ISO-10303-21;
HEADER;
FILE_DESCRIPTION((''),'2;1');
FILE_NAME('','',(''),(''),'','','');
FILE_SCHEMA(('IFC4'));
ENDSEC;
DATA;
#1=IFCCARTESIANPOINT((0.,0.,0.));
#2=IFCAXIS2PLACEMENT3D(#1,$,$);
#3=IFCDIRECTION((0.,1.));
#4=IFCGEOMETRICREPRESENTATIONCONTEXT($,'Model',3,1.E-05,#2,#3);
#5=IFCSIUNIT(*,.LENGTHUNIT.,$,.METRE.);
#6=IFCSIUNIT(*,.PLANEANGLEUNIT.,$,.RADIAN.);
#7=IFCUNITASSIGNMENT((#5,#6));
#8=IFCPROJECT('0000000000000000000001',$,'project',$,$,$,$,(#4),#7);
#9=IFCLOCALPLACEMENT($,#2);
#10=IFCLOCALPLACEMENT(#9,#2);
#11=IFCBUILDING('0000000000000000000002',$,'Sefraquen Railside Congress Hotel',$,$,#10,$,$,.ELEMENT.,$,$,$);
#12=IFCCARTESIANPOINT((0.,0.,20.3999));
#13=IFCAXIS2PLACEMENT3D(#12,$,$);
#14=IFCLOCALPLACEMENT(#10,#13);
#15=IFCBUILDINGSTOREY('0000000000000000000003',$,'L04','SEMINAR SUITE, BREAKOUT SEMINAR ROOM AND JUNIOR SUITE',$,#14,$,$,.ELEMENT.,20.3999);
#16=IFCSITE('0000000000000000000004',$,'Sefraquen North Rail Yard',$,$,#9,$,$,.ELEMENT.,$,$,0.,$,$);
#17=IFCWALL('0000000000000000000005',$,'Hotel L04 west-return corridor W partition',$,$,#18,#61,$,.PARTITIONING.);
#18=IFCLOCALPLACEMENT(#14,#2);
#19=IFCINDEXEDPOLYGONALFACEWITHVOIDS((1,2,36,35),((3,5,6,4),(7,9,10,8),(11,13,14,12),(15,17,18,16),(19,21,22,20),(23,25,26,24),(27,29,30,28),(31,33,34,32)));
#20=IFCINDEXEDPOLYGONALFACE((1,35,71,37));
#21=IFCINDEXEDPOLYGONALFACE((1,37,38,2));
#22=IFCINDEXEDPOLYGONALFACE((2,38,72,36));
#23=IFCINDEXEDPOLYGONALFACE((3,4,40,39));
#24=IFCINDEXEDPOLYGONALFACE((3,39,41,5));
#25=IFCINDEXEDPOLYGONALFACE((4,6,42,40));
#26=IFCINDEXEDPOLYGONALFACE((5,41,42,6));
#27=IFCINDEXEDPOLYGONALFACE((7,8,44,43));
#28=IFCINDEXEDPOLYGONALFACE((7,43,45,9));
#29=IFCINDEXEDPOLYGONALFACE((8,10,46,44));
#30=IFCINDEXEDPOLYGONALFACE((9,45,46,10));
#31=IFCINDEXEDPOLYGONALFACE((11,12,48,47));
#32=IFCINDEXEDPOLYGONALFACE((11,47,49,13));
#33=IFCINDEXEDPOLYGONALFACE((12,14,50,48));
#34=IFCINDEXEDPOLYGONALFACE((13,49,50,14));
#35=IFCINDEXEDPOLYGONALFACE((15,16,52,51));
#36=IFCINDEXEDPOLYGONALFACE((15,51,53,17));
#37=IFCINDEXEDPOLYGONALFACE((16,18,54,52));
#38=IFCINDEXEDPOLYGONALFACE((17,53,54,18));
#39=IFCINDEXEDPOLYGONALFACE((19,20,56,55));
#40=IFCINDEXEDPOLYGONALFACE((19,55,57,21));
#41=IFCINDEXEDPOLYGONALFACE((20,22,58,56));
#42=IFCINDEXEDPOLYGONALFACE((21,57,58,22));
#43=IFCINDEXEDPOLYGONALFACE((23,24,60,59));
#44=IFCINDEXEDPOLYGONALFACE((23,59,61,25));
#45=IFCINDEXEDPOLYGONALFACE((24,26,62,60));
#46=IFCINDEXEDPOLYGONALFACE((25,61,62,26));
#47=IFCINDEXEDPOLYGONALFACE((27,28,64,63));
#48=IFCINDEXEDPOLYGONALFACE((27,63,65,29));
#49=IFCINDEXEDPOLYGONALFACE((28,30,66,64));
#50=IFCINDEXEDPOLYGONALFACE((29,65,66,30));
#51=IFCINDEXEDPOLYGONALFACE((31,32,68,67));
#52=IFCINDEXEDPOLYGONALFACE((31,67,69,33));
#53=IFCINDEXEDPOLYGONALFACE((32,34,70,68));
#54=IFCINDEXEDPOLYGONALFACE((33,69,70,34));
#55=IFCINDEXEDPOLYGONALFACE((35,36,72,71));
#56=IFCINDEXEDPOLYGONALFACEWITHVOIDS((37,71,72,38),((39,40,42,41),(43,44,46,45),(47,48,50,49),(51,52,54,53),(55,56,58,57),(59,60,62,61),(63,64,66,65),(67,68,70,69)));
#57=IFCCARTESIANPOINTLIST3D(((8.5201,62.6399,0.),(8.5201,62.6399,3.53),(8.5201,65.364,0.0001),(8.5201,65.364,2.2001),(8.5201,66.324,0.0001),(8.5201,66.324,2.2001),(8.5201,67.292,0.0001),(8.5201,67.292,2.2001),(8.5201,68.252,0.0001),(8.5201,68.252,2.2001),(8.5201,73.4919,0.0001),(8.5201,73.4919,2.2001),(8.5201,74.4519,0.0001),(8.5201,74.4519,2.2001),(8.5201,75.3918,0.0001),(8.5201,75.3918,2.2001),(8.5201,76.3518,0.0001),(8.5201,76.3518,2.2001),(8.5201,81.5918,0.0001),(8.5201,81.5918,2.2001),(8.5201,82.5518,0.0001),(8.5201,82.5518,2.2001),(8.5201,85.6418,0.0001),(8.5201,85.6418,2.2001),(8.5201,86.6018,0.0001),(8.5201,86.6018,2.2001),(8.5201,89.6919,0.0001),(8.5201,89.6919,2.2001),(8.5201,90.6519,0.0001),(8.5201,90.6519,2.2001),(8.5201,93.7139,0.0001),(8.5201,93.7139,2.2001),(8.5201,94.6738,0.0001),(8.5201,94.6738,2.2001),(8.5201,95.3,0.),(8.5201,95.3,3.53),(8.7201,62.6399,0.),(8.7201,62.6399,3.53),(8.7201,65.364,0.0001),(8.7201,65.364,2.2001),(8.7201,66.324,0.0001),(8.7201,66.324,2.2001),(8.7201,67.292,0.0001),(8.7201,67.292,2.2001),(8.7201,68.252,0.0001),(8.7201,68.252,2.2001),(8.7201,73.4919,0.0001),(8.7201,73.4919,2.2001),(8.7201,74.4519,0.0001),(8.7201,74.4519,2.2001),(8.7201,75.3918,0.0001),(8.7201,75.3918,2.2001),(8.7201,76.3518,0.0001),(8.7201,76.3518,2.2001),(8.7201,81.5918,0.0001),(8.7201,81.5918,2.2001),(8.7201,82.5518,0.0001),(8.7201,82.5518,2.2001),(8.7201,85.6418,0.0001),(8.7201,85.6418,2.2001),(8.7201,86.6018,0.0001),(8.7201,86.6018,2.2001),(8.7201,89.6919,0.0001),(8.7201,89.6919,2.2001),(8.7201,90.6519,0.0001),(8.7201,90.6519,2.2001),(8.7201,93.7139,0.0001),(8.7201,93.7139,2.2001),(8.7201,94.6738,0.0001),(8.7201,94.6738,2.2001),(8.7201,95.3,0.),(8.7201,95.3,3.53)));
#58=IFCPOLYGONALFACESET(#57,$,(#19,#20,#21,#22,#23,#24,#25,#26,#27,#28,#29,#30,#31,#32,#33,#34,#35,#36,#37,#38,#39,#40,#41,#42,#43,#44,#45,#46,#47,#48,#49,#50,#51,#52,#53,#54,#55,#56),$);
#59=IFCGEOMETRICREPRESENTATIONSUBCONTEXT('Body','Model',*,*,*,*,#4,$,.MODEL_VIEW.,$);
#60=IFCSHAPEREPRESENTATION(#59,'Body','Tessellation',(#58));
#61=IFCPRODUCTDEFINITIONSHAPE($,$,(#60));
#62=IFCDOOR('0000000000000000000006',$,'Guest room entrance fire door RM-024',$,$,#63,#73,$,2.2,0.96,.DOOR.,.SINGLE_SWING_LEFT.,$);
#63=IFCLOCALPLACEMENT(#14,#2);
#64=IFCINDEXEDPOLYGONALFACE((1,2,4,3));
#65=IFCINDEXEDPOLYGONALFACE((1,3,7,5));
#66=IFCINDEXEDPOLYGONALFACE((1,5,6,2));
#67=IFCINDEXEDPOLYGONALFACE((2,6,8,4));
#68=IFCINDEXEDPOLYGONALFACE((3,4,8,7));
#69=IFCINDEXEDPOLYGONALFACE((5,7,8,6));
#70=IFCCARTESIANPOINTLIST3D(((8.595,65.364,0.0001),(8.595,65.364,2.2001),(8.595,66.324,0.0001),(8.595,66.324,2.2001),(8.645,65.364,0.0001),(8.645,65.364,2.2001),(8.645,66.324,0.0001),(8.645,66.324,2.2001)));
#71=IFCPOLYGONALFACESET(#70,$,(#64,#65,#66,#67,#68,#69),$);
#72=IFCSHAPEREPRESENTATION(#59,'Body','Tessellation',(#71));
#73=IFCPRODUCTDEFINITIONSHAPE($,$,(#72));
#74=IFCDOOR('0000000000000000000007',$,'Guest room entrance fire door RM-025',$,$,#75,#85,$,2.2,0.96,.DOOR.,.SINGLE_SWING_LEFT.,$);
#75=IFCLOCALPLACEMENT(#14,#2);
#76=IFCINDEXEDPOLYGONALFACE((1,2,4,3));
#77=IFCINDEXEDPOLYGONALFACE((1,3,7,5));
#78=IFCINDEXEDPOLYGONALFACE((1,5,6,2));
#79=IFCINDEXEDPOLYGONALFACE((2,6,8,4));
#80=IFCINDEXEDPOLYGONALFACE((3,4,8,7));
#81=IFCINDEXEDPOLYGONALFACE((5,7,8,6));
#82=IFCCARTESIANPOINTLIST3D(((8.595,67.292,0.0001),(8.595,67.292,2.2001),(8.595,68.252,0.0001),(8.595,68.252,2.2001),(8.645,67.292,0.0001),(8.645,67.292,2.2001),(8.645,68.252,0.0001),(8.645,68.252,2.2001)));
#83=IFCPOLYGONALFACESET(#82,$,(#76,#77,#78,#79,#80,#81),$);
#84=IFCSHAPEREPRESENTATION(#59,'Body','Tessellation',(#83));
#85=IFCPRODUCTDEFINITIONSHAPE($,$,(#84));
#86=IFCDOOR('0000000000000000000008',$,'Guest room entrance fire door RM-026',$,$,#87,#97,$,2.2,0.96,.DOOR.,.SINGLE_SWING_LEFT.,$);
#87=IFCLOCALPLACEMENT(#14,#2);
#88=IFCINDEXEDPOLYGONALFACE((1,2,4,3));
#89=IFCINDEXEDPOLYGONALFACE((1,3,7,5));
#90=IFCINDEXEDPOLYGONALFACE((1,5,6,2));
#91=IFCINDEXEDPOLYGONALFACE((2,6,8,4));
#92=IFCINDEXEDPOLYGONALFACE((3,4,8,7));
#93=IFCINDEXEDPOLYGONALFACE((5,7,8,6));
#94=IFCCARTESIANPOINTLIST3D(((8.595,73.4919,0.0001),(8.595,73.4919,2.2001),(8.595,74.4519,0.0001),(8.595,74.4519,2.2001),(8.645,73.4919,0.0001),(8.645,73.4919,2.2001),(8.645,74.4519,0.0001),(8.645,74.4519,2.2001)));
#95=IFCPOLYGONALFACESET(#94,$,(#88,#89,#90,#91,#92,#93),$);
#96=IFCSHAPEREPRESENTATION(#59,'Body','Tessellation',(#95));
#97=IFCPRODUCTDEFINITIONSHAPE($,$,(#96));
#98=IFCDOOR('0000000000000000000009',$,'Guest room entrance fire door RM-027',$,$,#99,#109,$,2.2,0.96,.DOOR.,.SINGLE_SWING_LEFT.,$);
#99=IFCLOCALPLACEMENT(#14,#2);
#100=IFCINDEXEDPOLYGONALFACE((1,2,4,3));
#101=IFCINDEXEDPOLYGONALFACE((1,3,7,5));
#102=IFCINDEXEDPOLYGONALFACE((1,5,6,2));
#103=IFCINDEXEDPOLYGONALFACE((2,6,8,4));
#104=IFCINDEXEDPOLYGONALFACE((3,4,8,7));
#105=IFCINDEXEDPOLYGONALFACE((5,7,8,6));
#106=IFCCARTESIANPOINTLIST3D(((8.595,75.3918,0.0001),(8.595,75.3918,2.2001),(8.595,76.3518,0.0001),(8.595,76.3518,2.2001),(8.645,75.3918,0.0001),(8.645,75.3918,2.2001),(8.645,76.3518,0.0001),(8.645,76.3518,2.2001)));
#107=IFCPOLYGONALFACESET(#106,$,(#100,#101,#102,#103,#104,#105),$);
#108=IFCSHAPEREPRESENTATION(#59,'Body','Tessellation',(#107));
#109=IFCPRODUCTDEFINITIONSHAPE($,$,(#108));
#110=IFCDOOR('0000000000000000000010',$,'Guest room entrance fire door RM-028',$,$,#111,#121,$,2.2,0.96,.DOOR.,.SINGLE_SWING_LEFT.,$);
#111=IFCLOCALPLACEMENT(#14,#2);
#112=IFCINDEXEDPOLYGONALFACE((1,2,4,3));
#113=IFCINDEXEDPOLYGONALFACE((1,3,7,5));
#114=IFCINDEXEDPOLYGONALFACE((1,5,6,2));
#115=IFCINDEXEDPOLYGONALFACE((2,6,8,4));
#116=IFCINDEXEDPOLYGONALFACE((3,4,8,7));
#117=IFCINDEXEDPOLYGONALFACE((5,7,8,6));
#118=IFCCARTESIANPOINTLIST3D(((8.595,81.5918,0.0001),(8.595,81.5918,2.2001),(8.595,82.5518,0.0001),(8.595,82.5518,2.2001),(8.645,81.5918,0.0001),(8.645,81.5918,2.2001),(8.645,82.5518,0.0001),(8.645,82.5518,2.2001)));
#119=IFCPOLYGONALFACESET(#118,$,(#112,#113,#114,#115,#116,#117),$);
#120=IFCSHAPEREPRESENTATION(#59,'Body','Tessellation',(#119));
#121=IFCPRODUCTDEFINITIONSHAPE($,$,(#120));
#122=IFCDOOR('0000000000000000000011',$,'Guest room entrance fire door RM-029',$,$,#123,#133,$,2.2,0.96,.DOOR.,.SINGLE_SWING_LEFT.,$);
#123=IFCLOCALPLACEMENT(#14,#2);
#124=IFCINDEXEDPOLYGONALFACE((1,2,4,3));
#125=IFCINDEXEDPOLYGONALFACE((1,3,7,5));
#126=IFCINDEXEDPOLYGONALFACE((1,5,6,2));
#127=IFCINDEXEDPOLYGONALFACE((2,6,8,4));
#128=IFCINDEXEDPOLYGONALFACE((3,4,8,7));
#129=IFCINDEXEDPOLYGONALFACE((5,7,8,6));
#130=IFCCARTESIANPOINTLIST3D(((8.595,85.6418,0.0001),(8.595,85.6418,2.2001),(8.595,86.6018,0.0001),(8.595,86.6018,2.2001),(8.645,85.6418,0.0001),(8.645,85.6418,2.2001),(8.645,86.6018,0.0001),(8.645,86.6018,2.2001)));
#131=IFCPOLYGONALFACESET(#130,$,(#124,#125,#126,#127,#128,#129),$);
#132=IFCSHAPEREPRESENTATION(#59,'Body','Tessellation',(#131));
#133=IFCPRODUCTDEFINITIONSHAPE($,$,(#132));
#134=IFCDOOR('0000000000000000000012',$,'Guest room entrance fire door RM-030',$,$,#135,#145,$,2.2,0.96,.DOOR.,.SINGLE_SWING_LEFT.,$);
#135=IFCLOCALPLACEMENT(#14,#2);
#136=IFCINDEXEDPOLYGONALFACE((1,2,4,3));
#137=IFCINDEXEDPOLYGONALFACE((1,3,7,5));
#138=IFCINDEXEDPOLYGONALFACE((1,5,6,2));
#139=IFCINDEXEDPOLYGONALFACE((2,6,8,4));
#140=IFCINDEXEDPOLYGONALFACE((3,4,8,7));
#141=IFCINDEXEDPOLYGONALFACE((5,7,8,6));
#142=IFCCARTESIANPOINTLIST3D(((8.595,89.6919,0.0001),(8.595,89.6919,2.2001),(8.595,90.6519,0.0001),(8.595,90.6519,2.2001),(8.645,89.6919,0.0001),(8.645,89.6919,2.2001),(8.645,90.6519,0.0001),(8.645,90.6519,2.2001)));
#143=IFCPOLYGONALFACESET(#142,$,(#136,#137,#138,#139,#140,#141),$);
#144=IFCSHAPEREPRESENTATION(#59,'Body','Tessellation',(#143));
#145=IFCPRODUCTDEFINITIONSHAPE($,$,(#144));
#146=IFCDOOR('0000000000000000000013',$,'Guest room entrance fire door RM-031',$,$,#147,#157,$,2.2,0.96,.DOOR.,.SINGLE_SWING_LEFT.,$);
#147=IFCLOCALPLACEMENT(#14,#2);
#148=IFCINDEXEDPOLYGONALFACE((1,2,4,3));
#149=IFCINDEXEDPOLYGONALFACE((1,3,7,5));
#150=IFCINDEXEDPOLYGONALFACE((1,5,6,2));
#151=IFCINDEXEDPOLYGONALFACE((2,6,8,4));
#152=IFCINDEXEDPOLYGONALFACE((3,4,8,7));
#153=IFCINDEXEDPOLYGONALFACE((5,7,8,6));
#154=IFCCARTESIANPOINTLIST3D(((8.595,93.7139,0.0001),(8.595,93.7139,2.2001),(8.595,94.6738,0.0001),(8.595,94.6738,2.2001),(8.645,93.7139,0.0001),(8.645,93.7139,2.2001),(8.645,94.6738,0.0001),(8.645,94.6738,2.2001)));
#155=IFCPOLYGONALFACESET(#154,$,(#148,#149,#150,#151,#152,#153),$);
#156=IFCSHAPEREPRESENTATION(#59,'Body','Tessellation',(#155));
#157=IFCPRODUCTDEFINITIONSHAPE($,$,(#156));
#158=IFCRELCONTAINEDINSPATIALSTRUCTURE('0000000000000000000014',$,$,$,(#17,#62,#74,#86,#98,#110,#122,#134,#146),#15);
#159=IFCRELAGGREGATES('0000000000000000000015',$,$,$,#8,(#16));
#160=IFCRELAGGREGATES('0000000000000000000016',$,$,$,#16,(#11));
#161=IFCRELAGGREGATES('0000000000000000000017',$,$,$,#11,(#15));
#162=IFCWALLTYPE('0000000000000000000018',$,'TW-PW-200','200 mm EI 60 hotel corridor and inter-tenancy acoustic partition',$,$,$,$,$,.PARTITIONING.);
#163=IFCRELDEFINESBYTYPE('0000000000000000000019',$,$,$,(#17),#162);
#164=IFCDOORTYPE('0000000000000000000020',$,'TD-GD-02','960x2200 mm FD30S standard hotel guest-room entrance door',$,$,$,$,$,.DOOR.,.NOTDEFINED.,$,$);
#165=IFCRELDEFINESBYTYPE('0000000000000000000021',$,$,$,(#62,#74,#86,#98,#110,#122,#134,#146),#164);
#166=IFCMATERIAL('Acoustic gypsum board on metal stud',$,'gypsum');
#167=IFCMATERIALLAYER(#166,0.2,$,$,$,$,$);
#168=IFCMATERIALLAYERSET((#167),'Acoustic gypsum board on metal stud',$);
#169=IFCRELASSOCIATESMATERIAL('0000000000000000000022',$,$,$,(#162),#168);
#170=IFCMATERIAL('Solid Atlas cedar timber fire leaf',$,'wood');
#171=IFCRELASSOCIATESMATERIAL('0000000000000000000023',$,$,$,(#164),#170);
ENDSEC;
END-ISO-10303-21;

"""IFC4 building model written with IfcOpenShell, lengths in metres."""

from ifc_helpers import new_model, si_unit, direction, frame, frame_2d, origin, place, context, subcontext, project, spatial, rectangle, extrude, material, layer, layer_set, type_object, element, fill, save


model = new_model("IFC4")

# Units and contexts
model_context = context("Model", 3, precision=1e-05, world=origin(), true_north=direction((0.0, 1.0)))
body_context = subcontext(model_context, "Body", "Model", "MODEL_VIEW")
ifc_project = project(units=[si_unit("LENGTHUNIT", "METRE"), si_unit("PLANEANGLEUNIT", "RADIAN")], contexts=[model_context])

# Site, building, storey
site_placement = place(None, origin())
site = spatial("IfcSite", under=ifc_project, at=site_placement, Name="Sefraquen North Rail Yard", CompositionType="ELEMENT", RefElevation=0.0)
building_placement = place(site_placement, origin())
building = spatial("IfcBuilding", under=site, at=building_placement, Name="Sefraquen Railside Congress Hotel", CompositionType="ELEMENT")
storey_placement = place(building_placement, frame((0.0, 0.0, 20.3999)))
storey = spatial("IfcBuildingStorey", under=building, at=storey_placement, Name="L04", Description="SEMINAR SUITE, BREAKOUT SEMINAR ROOM AND JUNIOR SUITE", CompositionType="ELEMENT", Elevation=20.3999)

# Wall, openings, doors
ifc_material_1 = material(Name="Acoustic gypsum board on metal stud", Category="gypsum")
ifc_layer_1 = layer(ifc_material_1, 0.2)
ifc_layer_set_1 = layer_set([ifc_layer_1], Name="Acoustic gypsum board on metal stud")
wall_type_1 = type_object("IfcWallType", Name="TW-PW-200", Description="200 mm EI 60 hotel corridor and inter-tenancy acoustic partition", PredefinedType="PARTITIONING", material=ifc_layer_set_1)
wall_1_placement = place(storey_placement, frame((8.6201, 62.6399, 0.0), z_axis=(0.0, 0.0, 1.0), x_axis=(0.0, 1.0, 0.0)))
wall_1 = element("IfcWall", 1, at=wall_1_placement, inside=storey, type_object=wall_type_1, Name="Hotel L04 west-return corridor W partition", PredefinedType="PARTITIONING", context=body_context, shape_type="SweptSolid", body=[
    extrude(rectangle(XDim=32.6602, YDim=0.2, at=frame_2d((16.3301, 0.0))), origin(), (0.0, 0.0, 1.0), 3.53),
])
opening_1_placement = place(wall_1_placement, frame((2.7241, 0.0, 0.0)))
opening_1 = element("IfcOpeningElement", 2, at=opening_1_placement, cuts=wall_1, PredefinedType="OPENING", context=body_context, shape_type="SweptSolid", body=[
    extrude(rectangle(XDim=0.96, YDim=2.2, at=frame_2d((0.48, 1.1001))), frame((0.0, 0.1099, 0.0), z_axis=(0.0, -1.0, 0.0), x_axis=(1.0, 0.0, 0.0)), (0.0, 0.0, 1.0), 0.22),
])
opening_2_placement = place(wall_1_placement, frame((4.6521, 0.0, 0.0)))
opening_2 = element("IfcOpeningElement", 3, at=opening_2_placement, cuts=wall_1, PredefinedType="OPENING", context=body_context, shape_type="SweptSolid", body=[
    extrude(rectangle(XDim=0.96, YDim=2.2, at=frame_2d((0.48, 1.1001))), frame((0.0, 0.1099, 0.0), z_axis=(0.0, -1.0, 0.0), x_axis=(1.0, 0.0, 0.0)), (0.0, 0.0, 1.0), 0.22),
])
opening_3_placement = place(wall_1_placement, frame((10.8521, 0.0, 0.0)))
opening_3 = element("IfcOpeningElement", 4, at=opening_3_placement, cuts=wall_1, PredefinedType="OPENING", context=body_context, shape_type="SweptSolid", body=[
    extrude(rectangle(XDim=0.96, YDim=2.2, at=frame_2d((0.48, 1.1001))), frame((0.0, 0.1099, 0.0), z_axis=(0.0, -1.0, 0.0), x_axis=(1.0, 0.0, 0.0)), (0.0, 0.0, 1.0), 0.22),
])
opening_4_placement = place(wall_1_placement, frame((12.752, 0.0, 0.0)))
opening_4 = element("IfcOpeningElement", 5, at=opening_4_placement, cuts=wall_1, PredefinedType="OPENING", context=body_context, shape_type="SweptSolid", body=[
    extrude(rectangle(XDim=0.96, YDim=2.2, at=frame_2d((0.48, 1.1001))), frame((0.0, 0.1099, 0.0), z_axis=(0.0, -1.0, 0.0), x_axis=(1.0, 0.0, 0.0)), (0.0, 0.0, 1.0), 0.22),
])
opening_5_placement = place(wall_1_placement, frame((18.9519, 0.0, 0.0)))
opening_5 = element("IfcOpeningElement", 6, at=opening_5_placement, cuts=wall_1, PredefinedType="OPENING", context=body_context, shape_type="SweptSolid", body=[
    extrude(rectangle(XDim=0.96, YDim=2.2, at=frame_2d((0.48, 1.1001))), frame((0.0, 0.1099, 0.0), z_axis=(0.0, -1.0, 0.0), x_axis=(1.0, 0.0, 0.0)), (0.0, 0.0, 1.0), 0.22),
])
opening_6_placement = place(wall_1_placement, frame((23.002, 0.0, 0.0)))
opening_6 = element("IfcOpeningElement", 7, at=opening_6_placement, cuts=wall_1, PredefinedType="OPENING", context=body_context, shape_type="SweptSolid", body=[
    extrude(rectangle(XDim=0.96, YDim=2.2, at=frame_2d((0.48, 1.1001))), frame((0.0, 0.1099, 0.0), z_axis=(0.0, -1.0, 0.0), x_axis=(1.0, 0.0, 0.0)), (0.0, 0.0, 1.0), 0.22),
])
opening_7_placement = place(wall_1_placement, frame((27.052, 0.0, 0.0)))
opening_7 = element("IfcOpeningElement", 8, at=opening_7_placement, cuts=wall_1, PredefinedType="OPENING", context=body_context, shape_type="SweptSolid", body=[
    extrude(rectangle(XDim=0.96, YDim=2.2, at=frame_2d((0.48, 1.1001))), frame((0.0, 0.1099, 0.0), z_axis=(0.0, -1.0, 0.0), x_axis=(1.0, 0.0, 0.0)), (0.0, 0.0, 1.0), 0.22),
])
opening_8_placement = place(wall_1_placement, frame((31.074, 0.0, 0.0)))
opening_8 = element("IfcOpeningElement", 9, at=opening_8_placement, cuts=wall_1, PredefinedType="OPENING", context=body_context, shape_type="SweptSolid", body=[
    extrude(rectangle(XDim=0.96, YDim=2.2, at=frame_2d((0.48, 1.1001))), frame((0.0, 0.1099, 0.0), z_axis=(0.0, -1.0, 0.0), x_axis=(1.0, 0.0, 0.0)), (0.0, 0.0, 1.0), 0.22),
])
ifc_material_2 = material(Name="Solid Atlas cedar timber fire leaf", Category="wood")
door_type_1 = type_object("IfcDoorType", Name="TD-GD-02", Description="960x2200 mm FD30S standard hotel guest-room entrance door", OperationType="NOTDEFINED", PredefinedType="DOOR", material=ifc_material_2)
door_1_placement = place(opening_1_placement, frame((0.96, 0.0, 0.0), z_axis=(0.0, 0.0, 1.0), x_axis=(-1.0, 0.0, 0.0)))
door_1 = element("IfcDoor", 10, at=door_1_placement, inside=storey, type_object=door_type_1, Name="Guest room entrance fire door RM-024", OperationType="SINGLE_SWING_LEFT", OverallHeight=2.2, OverallWidth=0.96, PredefinedType="DOOR", context=body_context, shape_type="SweptSolid", body=[
    extrude(rectangle(XDim=0.96, YDim=2.2, at=frame_2d((0.48, 1.1001))), frame((0.0, 0.0249, 0.0), z_axis=(0.0, -1.0, 0.0), x_axis=(1.0, 0.0, 0.0)), (0.0, 0.0, 1.0), 0.05),
])
fill(opening_1, door_1)
door_2_placement = place(opening_2_placement, frame((0.96, 0.0, 0.0), z_axis=(0.0, 0.0, 1.0), x_axis=(-1.0, 0.0, 0.0)))
door_2 = element("IfcDoor", 11, at=door_2_placement, inside=storey, type_object=door_type_1, Name="Guest room entrance fire door RM-025", OperationType="SINGLE_SWING_LEFT", OverallHeight=2.2, OverallWidth=0.96, PredefinedType="DOOR", context=body_context, shape_type="SweptSolid", body=[
    extrude(rectangle(XDim=0.96, YDim=2.2, at=frame_2d((0.48, 1.1001))), frame((0.0, 0.0249, 0.0), z_axis=(0.0, -1.0, 0.0), x_axis=(1.0, 0.0, 0.0)), (0.0, 0.0, 1.0), 0.05),
])
fill(opening_2, door_2)
door_3_placement = place(opening_3_placement, frame((0.96, 0.0, 0.0), z_axis=(0.0, 0.0, 1.0), x_axis=(-1.0, 0.0, 0.0)))
door_3 = element("IfcDoor", 12, at=door_3_placement, inside=storey, type_object=door_type_1, Name="Guest room entrance fire door RM-026", OperationType="SINGLE_SWING_LEFT", OverallHeight=2.2, OverallWidth=0.96, PredefinedType="DOOR", context=body_context, shape_type="SweptSolid", body=[
    extrude(rectangle(XDim=0.96, YDim=2.2, at=frame_2d((0.48, 1.1001))), frame((0.0, 0.0249, 0.0), z_axis=(0.0, -1.0, 0.0), x_axis=(1.0, 0.0, 0.0)), (0.0, 0.0, 1.0), 0.05),
])
fill(opening_3, door_3)
door_4_placement = place(opening_4_placement, frame((0.96, 0.0, 0.0), z_axis=(0.0, 0.0, 1.0), x_axis=(-1.0, 0.0, 0.0)))
door_4 = element("IfcDoor", 13, at=door_4_placement, inside=storey, type_object=door_type_1, Name="Guest room entrance fire door RM-027", OperationType="SINGLE_SWING_LEFT", OverallHeight=2.2, OverallWidth=0.96, PredefinedType="DOOR", context=body_context, shape_type="SweptSolid", body=[
    extrude(rectangle(XDim=0.96, YDim=2.2, at=frame_2d((0.48, 1.1001))), frame((0.0, 0.0249, 0.0), z_axis=(0.0, -1.0, 0.0), x_axis=(1.0, 0.0, 0.0)), (0.0, 0.0, 1.0), 0.05),
])
fill(opening_4, door_4)
door_5_placement = place(opening_5_placement, frame((0.96, 0.0, 0.0), z_axis=(0.0, 0.0, 1.0), x_axis=(-1.0, 0.0, 0.0)))
door_5 = element("IfcDoor", 14, at=door_5_placement, inside=storey, type_object=door_type_1, Name="Guest room entrance fire door RM-028", OperationType="SINGLE_SWING_LEFT", OverallHeight=2.2, OverallWidth=0.96, PredefinedType="DOOR", context=body_context, shape_type="SweptSolid", body=[
    extrude(rectangle(XDim=0.96, YDim=2.2, at=frame_2d((0.48, 1.1001))), frame((0.0, 0.0249, 0.0), z_axis=(0.0, -1.0, 0.0), x_axis=(1.0, 0.0, 0.0)), (0.0, 0.0, 1.0), 0.05),
])
fill(opening_5, door_5)
door_6_placement = place(opening_6_placement, frame((0.96, 0.0, 0.0), z_axis=(0.0, 0.0, 1.0), x_axis=(-1.0, 0.0, 0.0)))
door_6 = element("IfcDoor", 15, at=door_6_placement, inside=storey, type_object=door_type_1, Name="Guest room entrance fire door RM-029", OperationType="SINGLE_SWING_LEFT", OverallHeight=2.2, OverallWidth=0.96, PredefinedType="DOOR", context=body_context, shape_type="SweptSolid", body=[
    extrude(rectangle(XDim=0.96, YDim=2.2, at=frame_2d((0.48, 1.1001))), frame((0.0, 0.0249, 0.0), z_axis=(0.0, -1.0, 0.0), x_axis=(1.0, 0.0, 0.0)), (0.0, 0.0, 1.0), 0.05),
])
fill(opening_6, door_6)
door_7_placement = place(opening_7_placement, frame((0.96, 0.0, 0.0), z_axis=(0.0, 0.0, 1.0), x_axis=(-1.0, 0.0, 0.0)))
door_7 = element("IfcDoor", 16, at=door_7_placement, inside=storey, type_object=door_type_1, Name="Guest room entrance fire door RM-030", OperationType="SINGLE_SWING_LEFT", OverallHeight=2.2, OverallWidth=0.96, PredefinedType="DOOR", context=body_context, shape_type="SweptSolid", body=[
    extrude(rectangle(XDim=0.96, YDim=2.2, at=frame_2d((0.48, 1.1001))), frame((0.0, 0.0249, 0.0), z_axis=(0.0, -1.0, 0.0), x_axis=(1.0, 0.0, 0.0)), (0.0, 0.0, 1.0), 0.05),
])
fill(opening_7, door_7)
door_8_placement = place(opening_8_placement, frame((0.96, 0.0, 0.0), z_axis=(0.0, 0.0, 1.0), x_axis=(-1.0, 0.0, 0.0)))
door_8 = element("IfcDoor", 17, at=door_8_placement, inside=storey, type_object=door_type_1, Name="Guest room entrance fire door RM-031", OperationType="SINGLE_SWING_LEFT", OverallHeight=2.2, OverallWidth=0.96, PredefinedType="DOOR", context=body_context, shape_type="SweptSolid", body=[
    extrude(rectangle(XDim=0.96, YDim=2.2, at=frame_2d((0.48, 1.1001))), frame((0.0, 0.0249, 0.0), z_axis=(0.0, -1.0, 0.0), x_axis=(1.0, 0.0, 0.0)), (0.0, 0.0, 1.0), 0.05),
])
fill(opening_8, door_8)

save(model, "model.ifc")
